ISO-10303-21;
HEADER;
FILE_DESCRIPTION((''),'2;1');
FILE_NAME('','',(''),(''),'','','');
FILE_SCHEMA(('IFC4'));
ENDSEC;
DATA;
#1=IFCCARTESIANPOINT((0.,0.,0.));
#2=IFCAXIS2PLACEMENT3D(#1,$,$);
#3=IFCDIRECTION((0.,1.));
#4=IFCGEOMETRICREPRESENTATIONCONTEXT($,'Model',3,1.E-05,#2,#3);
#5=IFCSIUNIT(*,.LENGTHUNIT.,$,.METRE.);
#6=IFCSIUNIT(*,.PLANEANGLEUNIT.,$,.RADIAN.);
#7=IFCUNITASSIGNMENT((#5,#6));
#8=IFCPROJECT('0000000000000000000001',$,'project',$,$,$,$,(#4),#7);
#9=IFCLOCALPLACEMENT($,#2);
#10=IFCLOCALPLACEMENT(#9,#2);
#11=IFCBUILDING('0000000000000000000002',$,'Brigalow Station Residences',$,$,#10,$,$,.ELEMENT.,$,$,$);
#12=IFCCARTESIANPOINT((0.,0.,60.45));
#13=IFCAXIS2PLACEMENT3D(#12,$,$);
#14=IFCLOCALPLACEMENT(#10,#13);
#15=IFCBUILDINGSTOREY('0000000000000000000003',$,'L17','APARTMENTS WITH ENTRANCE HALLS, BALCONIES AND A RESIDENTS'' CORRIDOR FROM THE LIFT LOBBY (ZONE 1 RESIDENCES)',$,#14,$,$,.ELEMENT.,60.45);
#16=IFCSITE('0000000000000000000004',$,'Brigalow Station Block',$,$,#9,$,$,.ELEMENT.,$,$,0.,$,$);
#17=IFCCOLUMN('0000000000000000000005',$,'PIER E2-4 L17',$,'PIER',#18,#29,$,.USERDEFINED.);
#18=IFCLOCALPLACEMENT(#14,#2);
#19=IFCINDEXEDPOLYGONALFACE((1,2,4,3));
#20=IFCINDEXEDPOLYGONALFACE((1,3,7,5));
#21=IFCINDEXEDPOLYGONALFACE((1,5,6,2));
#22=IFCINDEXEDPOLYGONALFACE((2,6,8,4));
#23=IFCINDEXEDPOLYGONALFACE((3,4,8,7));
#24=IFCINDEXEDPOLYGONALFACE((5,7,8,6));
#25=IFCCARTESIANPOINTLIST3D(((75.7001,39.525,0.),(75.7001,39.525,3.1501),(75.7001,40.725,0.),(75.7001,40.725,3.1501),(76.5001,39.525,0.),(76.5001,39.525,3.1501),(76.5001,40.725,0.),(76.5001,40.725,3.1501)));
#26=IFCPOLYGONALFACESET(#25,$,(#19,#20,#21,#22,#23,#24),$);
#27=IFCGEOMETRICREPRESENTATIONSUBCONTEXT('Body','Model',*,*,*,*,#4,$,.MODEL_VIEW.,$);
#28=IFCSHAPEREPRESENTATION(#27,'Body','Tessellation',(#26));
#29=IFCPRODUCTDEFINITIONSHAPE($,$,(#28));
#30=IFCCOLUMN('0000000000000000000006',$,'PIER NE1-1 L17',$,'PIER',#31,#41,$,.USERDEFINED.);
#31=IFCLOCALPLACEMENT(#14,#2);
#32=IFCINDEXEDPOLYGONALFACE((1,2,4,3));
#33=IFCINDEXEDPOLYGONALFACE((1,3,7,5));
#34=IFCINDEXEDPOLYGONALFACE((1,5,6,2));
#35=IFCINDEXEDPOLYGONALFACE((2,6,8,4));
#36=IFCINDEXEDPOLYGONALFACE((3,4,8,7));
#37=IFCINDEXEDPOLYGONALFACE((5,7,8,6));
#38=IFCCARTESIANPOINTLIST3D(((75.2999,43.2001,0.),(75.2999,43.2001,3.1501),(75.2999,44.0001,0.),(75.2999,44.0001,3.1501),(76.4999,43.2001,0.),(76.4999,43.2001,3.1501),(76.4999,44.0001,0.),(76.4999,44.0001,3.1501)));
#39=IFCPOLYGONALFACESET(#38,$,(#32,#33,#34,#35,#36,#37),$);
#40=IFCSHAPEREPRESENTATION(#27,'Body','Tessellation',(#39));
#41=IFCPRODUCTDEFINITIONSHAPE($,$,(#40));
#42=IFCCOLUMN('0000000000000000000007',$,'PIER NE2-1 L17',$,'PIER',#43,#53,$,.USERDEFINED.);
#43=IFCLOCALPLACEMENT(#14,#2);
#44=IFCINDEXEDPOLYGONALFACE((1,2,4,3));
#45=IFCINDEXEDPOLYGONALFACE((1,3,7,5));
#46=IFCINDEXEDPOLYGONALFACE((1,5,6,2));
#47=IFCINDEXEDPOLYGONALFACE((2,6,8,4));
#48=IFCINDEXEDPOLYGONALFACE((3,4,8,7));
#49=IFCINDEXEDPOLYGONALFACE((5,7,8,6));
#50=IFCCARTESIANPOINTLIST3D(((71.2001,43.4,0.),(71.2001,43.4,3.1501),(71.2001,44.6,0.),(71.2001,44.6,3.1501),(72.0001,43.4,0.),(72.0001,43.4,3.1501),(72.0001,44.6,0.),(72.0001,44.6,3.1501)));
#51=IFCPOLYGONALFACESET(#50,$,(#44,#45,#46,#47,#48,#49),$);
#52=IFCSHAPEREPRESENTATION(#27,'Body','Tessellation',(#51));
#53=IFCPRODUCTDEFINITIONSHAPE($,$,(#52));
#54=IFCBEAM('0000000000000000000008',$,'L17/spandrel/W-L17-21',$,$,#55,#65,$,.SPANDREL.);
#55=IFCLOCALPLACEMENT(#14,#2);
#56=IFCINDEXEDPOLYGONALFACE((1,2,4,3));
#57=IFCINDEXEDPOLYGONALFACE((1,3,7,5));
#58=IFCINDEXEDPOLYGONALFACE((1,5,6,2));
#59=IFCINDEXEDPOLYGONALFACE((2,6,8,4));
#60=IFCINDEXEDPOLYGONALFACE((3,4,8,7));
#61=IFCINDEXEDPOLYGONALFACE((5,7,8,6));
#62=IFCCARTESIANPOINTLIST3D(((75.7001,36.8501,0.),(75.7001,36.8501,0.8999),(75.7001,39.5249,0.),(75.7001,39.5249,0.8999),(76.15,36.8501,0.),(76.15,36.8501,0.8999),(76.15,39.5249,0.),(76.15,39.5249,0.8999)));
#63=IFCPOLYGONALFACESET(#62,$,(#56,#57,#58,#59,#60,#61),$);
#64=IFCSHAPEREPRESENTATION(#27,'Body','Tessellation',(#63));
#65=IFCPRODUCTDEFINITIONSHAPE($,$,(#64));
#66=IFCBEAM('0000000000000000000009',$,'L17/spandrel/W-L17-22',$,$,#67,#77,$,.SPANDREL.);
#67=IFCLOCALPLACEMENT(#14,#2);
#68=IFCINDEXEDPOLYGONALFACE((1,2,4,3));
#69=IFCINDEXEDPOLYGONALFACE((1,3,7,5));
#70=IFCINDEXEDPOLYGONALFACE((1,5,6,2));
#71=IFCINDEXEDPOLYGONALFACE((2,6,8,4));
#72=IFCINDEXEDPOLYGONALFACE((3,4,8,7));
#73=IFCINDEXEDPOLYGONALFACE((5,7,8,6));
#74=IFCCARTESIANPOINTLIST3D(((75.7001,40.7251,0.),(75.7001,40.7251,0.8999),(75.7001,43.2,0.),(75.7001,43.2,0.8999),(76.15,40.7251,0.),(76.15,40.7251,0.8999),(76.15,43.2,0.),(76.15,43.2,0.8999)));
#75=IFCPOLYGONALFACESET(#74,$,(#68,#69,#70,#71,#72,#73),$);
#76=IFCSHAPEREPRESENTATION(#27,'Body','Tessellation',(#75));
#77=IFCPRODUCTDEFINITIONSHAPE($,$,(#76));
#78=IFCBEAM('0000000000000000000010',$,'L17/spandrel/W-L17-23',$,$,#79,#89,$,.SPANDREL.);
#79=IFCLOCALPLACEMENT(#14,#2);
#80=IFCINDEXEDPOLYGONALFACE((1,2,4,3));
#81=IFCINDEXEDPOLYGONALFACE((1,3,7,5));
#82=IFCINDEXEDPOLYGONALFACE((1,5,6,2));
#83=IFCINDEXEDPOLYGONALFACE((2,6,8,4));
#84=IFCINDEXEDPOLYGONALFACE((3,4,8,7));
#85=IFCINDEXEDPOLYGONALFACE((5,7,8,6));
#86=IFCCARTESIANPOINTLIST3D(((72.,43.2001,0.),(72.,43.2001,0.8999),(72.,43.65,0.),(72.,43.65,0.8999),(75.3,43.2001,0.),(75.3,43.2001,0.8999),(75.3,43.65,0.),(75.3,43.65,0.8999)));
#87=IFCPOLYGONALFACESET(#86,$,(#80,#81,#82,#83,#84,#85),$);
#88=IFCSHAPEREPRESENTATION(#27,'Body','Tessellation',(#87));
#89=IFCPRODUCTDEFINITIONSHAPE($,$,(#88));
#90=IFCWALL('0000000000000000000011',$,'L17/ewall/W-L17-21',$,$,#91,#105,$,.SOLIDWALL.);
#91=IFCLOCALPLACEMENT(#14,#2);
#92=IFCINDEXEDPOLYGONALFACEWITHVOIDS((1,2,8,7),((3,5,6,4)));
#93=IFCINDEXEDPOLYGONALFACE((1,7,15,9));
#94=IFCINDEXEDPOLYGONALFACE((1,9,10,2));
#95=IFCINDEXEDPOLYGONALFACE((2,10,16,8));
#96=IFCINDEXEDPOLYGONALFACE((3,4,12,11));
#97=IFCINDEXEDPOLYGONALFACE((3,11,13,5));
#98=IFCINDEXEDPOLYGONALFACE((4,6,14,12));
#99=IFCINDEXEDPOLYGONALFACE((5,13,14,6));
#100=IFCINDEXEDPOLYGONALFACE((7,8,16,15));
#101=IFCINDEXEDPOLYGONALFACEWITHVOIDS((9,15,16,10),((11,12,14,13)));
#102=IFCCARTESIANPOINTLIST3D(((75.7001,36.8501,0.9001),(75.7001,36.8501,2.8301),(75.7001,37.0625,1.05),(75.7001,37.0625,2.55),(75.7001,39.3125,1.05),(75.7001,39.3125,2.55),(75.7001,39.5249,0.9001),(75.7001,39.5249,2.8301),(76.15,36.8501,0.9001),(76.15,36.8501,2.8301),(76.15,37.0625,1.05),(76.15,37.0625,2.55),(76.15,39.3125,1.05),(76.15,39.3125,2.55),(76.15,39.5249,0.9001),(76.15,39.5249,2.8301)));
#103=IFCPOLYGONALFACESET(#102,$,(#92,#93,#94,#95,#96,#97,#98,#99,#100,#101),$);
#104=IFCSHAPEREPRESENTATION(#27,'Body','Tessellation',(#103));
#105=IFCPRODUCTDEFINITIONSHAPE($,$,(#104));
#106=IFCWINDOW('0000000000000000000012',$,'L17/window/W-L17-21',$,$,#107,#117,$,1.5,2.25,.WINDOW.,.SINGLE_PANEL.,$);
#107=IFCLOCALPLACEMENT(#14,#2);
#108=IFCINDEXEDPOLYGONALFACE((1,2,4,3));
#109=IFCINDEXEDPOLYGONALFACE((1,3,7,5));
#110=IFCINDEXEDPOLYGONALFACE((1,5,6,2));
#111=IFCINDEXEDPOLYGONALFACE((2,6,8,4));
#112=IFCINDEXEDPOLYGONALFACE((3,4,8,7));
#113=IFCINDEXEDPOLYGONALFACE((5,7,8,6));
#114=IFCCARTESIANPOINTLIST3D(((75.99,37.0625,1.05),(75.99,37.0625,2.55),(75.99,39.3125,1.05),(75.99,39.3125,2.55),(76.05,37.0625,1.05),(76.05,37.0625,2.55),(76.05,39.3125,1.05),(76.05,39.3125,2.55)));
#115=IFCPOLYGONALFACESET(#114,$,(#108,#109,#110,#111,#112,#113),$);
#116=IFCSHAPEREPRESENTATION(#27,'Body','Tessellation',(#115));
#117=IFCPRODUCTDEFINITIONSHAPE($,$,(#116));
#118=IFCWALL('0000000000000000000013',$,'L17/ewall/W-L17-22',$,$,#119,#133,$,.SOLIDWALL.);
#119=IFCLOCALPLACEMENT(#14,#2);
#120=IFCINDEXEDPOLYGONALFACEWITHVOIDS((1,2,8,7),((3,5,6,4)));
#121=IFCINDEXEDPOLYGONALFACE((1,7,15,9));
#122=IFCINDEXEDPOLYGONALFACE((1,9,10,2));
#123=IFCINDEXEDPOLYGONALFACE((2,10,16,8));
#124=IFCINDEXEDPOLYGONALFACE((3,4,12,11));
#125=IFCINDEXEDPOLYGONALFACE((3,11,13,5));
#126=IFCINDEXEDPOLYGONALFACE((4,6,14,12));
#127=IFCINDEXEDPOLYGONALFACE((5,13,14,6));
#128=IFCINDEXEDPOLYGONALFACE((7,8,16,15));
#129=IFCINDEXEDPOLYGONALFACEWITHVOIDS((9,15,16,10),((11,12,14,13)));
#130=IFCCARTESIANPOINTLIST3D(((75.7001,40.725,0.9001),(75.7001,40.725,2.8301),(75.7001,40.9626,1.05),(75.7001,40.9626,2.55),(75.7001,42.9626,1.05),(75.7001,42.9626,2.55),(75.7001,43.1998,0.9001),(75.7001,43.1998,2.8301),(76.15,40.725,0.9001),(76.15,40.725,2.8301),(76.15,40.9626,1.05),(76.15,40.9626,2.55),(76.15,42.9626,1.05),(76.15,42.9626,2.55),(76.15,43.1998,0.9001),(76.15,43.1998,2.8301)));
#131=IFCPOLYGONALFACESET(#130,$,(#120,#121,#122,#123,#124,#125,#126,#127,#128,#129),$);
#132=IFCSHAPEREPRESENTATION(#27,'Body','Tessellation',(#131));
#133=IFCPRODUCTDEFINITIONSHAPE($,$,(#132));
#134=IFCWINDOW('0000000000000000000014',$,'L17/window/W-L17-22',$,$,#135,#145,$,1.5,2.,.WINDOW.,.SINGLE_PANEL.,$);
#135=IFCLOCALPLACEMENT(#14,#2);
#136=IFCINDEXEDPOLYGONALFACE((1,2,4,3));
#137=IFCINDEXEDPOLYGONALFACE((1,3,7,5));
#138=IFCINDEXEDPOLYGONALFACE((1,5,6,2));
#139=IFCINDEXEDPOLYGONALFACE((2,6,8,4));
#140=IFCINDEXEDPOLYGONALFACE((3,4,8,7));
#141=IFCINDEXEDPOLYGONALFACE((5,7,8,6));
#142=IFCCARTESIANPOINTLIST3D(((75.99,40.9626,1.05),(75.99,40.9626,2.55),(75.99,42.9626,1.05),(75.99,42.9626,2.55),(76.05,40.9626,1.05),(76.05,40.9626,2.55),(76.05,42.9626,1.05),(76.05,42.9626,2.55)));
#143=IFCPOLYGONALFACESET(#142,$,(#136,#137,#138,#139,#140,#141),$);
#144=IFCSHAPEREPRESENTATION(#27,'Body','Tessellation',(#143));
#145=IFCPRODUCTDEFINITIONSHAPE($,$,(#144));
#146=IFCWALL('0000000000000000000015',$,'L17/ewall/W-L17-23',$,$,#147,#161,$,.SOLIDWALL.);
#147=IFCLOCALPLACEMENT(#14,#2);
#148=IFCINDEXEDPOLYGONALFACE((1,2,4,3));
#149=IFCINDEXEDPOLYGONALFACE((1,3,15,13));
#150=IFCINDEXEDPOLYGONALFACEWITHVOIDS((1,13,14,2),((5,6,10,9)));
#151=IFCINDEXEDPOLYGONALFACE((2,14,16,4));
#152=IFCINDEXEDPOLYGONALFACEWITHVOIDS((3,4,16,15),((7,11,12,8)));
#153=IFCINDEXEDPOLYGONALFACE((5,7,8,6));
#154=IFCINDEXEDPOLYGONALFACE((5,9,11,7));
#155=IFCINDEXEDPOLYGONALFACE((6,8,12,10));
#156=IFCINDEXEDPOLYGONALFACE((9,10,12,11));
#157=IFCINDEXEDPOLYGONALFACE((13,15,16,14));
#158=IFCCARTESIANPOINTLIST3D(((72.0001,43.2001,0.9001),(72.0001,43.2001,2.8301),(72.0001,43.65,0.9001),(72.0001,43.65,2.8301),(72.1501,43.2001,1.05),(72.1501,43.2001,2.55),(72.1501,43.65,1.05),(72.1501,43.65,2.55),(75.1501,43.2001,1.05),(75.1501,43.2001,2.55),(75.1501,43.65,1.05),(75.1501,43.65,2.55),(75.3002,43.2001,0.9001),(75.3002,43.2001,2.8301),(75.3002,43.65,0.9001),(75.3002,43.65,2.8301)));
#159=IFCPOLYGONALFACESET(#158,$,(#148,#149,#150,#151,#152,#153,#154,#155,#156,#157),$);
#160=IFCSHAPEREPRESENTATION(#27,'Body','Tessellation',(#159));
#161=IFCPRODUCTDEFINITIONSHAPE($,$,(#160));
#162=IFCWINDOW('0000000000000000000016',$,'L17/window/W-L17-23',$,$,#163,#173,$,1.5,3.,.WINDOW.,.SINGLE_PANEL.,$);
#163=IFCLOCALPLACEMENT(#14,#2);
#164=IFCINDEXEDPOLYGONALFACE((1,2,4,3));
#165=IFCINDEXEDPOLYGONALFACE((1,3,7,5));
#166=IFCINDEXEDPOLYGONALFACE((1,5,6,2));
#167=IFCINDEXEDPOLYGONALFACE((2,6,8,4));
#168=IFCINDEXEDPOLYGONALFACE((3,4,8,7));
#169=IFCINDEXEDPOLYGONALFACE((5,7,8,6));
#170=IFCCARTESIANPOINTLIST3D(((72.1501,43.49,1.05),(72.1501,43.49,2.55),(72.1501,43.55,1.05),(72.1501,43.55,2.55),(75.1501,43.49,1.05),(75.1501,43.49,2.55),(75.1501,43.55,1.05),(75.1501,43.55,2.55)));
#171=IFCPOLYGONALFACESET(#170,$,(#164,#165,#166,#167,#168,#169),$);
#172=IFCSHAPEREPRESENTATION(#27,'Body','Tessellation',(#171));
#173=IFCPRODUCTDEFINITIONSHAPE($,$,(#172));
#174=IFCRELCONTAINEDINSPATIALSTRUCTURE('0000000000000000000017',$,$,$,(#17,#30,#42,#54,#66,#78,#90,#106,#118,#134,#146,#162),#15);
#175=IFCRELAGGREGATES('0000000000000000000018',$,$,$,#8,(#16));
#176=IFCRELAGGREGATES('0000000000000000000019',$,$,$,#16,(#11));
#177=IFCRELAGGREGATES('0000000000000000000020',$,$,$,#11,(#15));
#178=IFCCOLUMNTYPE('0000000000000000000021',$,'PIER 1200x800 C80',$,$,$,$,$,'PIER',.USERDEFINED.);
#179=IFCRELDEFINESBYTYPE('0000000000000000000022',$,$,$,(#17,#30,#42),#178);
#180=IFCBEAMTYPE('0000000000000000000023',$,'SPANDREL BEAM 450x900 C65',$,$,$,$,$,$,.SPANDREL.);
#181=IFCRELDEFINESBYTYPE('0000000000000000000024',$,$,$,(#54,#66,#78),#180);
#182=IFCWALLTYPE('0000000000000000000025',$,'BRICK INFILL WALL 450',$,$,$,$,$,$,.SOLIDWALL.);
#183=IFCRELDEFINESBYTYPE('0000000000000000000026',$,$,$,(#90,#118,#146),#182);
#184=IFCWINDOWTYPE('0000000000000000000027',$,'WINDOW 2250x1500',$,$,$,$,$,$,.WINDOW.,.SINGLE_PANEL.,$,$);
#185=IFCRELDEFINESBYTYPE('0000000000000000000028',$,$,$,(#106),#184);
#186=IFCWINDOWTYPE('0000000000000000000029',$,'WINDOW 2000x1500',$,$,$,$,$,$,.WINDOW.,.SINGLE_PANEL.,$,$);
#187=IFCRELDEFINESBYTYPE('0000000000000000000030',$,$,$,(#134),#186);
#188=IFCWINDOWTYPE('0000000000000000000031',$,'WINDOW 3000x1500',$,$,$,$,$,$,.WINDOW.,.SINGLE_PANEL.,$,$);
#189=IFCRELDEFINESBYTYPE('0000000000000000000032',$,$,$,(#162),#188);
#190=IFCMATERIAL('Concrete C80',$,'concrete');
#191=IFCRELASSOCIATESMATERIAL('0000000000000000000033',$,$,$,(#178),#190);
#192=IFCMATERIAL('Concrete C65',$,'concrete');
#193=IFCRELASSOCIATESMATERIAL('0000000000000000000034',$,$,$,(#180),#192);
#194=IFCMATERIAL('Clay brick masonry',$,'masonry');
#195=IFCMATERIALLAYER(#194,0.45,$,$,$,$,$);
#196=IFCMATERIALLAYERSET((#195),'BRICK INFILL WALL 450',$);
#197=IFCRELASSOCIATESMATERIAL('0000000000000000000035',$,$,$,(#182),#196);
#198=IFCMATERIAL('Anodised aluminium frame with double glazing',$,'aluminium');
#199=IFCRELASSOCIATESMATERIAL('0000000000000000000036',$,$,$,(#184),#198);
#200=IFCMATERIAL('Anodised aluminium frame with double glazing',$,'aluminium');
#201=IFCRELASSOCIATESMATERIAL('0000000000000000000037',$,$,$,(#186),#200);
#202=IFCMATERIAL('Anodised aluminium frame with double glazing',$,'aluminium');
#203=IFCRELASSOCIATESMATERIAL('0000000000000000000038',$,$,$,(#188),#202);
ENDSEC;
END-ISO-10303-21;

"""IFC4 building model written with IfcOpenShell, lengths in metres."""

from ifc_helpers import new_model, si_unit, direction, frame, frame_2d, origin, origin_2d, place, context, subcontext, project, spatial, rectangle, extrude, material, layer, layer_set, material_profile, profile_set, type_object, element, fill, save


model = new_model("IFC4")

# Units and contexts
model_context = context("Model", 3, precision=1e-05, world=origin(), true_north=direction((0.0, 1.0)))
body_context = subcontext(model_context, "Body", "Model", "MODEL_VIEW")
ifc_project = project(units=[si_unit("LENGTHUNIT", "METRE"), si_unit("PLANEANGLEUNIT", "RADIAN")], contexts=[model_context])

# Site, building, storey
site_placement = place(None, origin())
site = spatial("IfcSite", under=ifc_project, at=site_placement, Name="Brigalow Station Block", CompositionType="ELEMENT", RefElevation=0.0)
building_placement = place(site_placement, origin())
building = spatial("IfcBuilding", under=site, at=building_placement, Name="Brigalow Station Residences", CompositionType="ELEMENT")
storey_placement = place(building_placement, frame((0.0, 0.0, 60.45)))
storey = spatial("IfcBuildingStorey", under=building, at=storey_placement, Name="L17", Description="APARTMENTS WITH ENTRANCE HALLS, BALCONIES AND A RESIDENTS' CORRIDOR FROM THE LIFT LOBBY (ZONE 1 RESIDENCES)", CompositionType="ELEMENT", Elevation=60.45)

# Columns
ifc_material_1 = material(Name="Concrete C80", Category="concrete")
ifc_material_profile_1 = material_profile(ifc_material_1, rectangle(XDim=1.2, YDim=0.8, at=origin_2d()), Name="RC1200x800")
ifc_profile_set_1 = profile_set([ifc_material_profile_1], Name="Concrete C80")
column_type = type_object("IfcColumnType", Name="PIER 1200x800 C80", ElementType="PIER", PredefinedType="USERDEFINED", material=ifc_profile_set_1)
for number, where, z_axis, x_axis, name in (
    (1, (76.1001, 40.125, 0.0), (0.0, 0.0, 1.0), (0.0, 1.0, 0.0), "PIER E2-4 L17"),
    (2, (75.8999, 43.6001, 0.0), (0.0, 0.0, 1.0), (-1.0, 0.0, 0.0), "PIER NE1-1 L17"),
    (3, (71.6001, 44.0, 0.0), (0.0, 0.0, 1.0), (0.0, 1.0, 0.0), "PIER NE2-1 L17"),
):
    element("IfcColumn", number, at=place(storey_placement, frame(where, z_axis=z_axis, x_axis=x_axis)), inside=storey, type_object=column_type, Name=name, ObjectType="PIER", PredefinedType="USERDEFINED", context=body_context, shape_type="SweptSolid", body=[
        extrude(rectangle(XDim=1.2, YDim=0.8, at=origin_2d()), origin(), (0.0, 0.0, 1.0), 3.1501),
    ])

# Beams
ifc_material_2 = material(Name="Concrete C65", Category="concrete")
ifc_material_profile_2 = material_profile(ifc_material_2, rectangle(XDim=0.45, YDim=0.8999, at=origin_2d()), Name="RC450x900")
ifc_profile_set_2 = profile_set([ifc_material_profile_2], Name="Concrete C65")
beam_type = type_object("IfcBeamType", Name="SPANDREL BEAM 450x900 C65", PredefinedType="SPANDREL", material=ifc_profile_set_2)
beam_1_placement = place(storey_placement, frame((75.925, 36.8501, 0.45), z_axis=(0.0, 1.0, 0.0), x_axis=(-1.0, 0.0, 0.0)))
element("IfcBeam", 4, at=beam_1_placement, inside=storey, type_object=beam_type, Name="L17/spandrel/W-L17-21", PredefinedType="SPANDREL", context=body_context, shape_type="SweptSolid", body=[
    extrude(rectangle(XDim=0.45, YDim=0.8999, at=origin_2d()), origin(), (0.0, 0.0, 1.0), 2.6748),
])
beam_2_placement = place(storey_placement, frame((75.925, 40.7251, 0.45), z_axis=(0.0, 1.0, 0.0), x_axis=(-1.0, 0.0, 0.0)))
element("IfcBeam", 5, at=beam_2_placement, inside=storey, type_object=beam_type, Name="L17/spandrel/W-L17-22", PredefinedType="SPANDREL", context=body_context, shape_type="SweptSolid", body=[
    extrude(rectangle(XDim=0.45, YDim=0.8999, at=origin_2d()), origin(), (0.0, 0.0, 1.0), 2.4749),
])
beam_3_placement = place(storey_placement, frame((75.3, 43.425, 0.45), z_axis=(-1.0, 0.0, 0.0), x_axis=(0.0, -1.0, 0.0)))
element("IfcBeam", 6, at=beam_3_placement, inside=storey, type_object=beam_type, Name="L17/spandrel/W-L17-23", PredefinedType="SPANDREL", context=body_context, shape_type="SweptSolid", body=[
    extrude(rectangle(XDim=0.45, YDim=0.8999, at=origin_2d()), origin(), (0.0, 0.0, 1.0), 3.3),
])

# Walls, openings, windows
ifc_material_3 = material(Name="Clay brick masonry", Category="masonry")
ifc_layer_1 = layer(ifc_material_3, 0.45)
ifc_layer_set_1 = layer_set([ifc_layer_1], Name="BRICK INFILL WALL 450")
wall_type_1 = type_object("IfcWallType", Name="BRICK INFILL WALL 450", PredefinedType="SOLIDWALL", material=ifc_layer_set_1)
wall_1_placement = place(storey_placement, frame((75.925, 36.8501, 0.9001), z_axis=(0.0, 0.0, 1.0), x_axis=(0.0, 1.0, 0.0)))
wall_1 = element("IfcWall", 7, at=wall_1_placement, inside=storey, type_object=wall_type_1, Name="L17/ewall/W-L17-21", PredefinedType="SOLIDWALL", context=body_context, shape_type="SweptSolid", body=[
    extrude(rectangle(XDim=2.6748, YDim=0.45, at=frame_2d((1.3374, 0.0))), origin(), (0.0, 0.0, 1.0), 1.9299),
])
opening_1_placement = place(wall_1_placement, frame((0.2124, 0.0, 0.1499)))
opening_1 = element("IfcOpeningElement", 8, at=opening_1_placement, cuts=wall_1, PredefinedType="OPENING", context=body_context, shape_type="SweptSolid", body=[
    extrude(rectangle(XDim=2.25, YDim=1.5, at=frame_2d((1.125, 0.75))), frame((0.0, 0.2349, 0.0), z_axis=(0.0, -1.0, 0.0), x_axis=(1.0, 0.0, 0.0)), (0.0, 0.0, 1.0), 0.47),
])
ifc_material_4 = material(Name="Anodised aluminium frame with double glazing", Category="aluminium")
window_type_1 = type_object("IfcWindowType", Name="WINDOW 2250x1500", PartitioningType="SINGLE_PANEL", PredefinedType="WINDOW", material=ifc_material_4)
window_1_placement = place(opening_1_placement, origin())
window_1 = element("IfcWindow", 9, at=window_1_placement, inside=storey, type_object=window_type_1, Name="L17/window/W-L17-21", OverallHeight=1.5, OverallWidth=2.25, PartitioningType="SINGLE_PANEL", PredefinedType="WINDOW", context=body_context, shape_type="SweptSolid", body=[
    extrude(rectangle(XDim=2.25, YDim=1.5, at=frame_2d((1.125, 0.75))), frame((0.0, -0.0649, 0.0), z_axis=(0.0, -1.0, 0.0), x_axis=(1.0, 0.0, 0.0)), (0.0, 0.0, 1.0), 0.0601),
])
fill(opening_1, window_1)
wall_2_placement = place(storey_placement, frame((75.925, 40.7251, 0.9001), z_axis=(0.0, 0.0, 1.0), x_axis=(0.0, 1.0, 0.0)))
wall_2 = element("IfcWall", 10, at=wall_2_placement, inside=storey, type_object=wall_type_1, Name="L17/ewall/W-L17-22", PredefinedType="SOLIDWALL", context=body_context, shape_type="SweptSolid", body=[
    extrude(rectangle(XDim=2.4749, YDim=0.45, at=frame_2d((1.2373, 0.0))), origin(), (0.0, 0.0, 1.0), 1.9299),
])
opening_2_placement = place(wall_2_placement, frame((0.2375, 0.0, 0.1499)))
opening_2 = element("IfcOpeningElement", 11, at=opening_2_placement, cuts=wall_2, PredefinedType="OPENING", context=body_context, shape_type="SweptSolid", body=[
    extrude(rectangle(XDim=2.0, YDim=1.5, at=frame_2d((1.0, 0.75))), frame((0.0, 0.2349, 0.0), z_axis=(0.0, -1.0, 0.0), x_axis=(1.0, 0.0, 0.0)), (0.0, 0.0, 1.0), 0.47),
])
ifc_material_5 = material(Name="Anodised aluminium frame with double glazing", Category="aluminium")
window_type_2 = type_object("IfcWindowType", Name="WINDOW 2000x1500", PartitioningType="SINGLE_PANEL", PredefinedType="WINDOW", material=ifc_material_5)
window_2_placement = place(opening_2_placement, origin())
window_2 = element("IfcWindow", 12, at=window_2_placement, inside=storey, type_object=window_type_2, Name="L17/window/W-L17-22", OverallHeight=1.5, OverallWidth=2.0, PartitioningType="SINGLE_PANEL", PredefinedType="WINDOW", context=body_context, shape_type="SweptSolid", body=[
    extrude(rectangle(XDim=2.0, YDim=1.5, at=frame_2d((1.0, 0.75))), frame((0.0, -0.0649, 0.0), z_axis=(0.0, -1.0, 0.0), x_axis=(1.0, 0.0, 0.0)), (0.0, 0.0, 1.0), 0.0601),
])
fill(opening_2, window_2)
wall_3_placement = place(storey_placement, frame((75.3, 43.425, 0.9001), z_axis=(0.0, 0.0, 1.0), x_axis=(-1.0, 0.0, 0.0)))
wall_3 = element("IfcWall", 13, at=wall_3_placement, inside=storey, type_object=wall_type_1, Name="L17/ewall/W-L17-23", PredefinedType="SOLIDWALL", context=body_context, shape_type="SweptSolid", body=[
    extrude(rectangle(XDim=3.3, YDim=0.45, at=frame_2d((1.6499, 0.0))), origin(), (0.0, 0.0, 1.0), 1.9299),
])
opening_3_placement = place(wall_3_placement, frame((0.1499, 0.0, 0.1499)))
opening_3 = element("IfcOpeningElement", 14, at=opening_3_placement, cuts=wall_3, PredefinedType="OPENING", context=body_context, shape_type="SweptSolid", body=[
    extrude(rectangle(XDim=3.0, YDim=1.5, at=frame_2d((1.5, 0.75))), frame((0.0, 0.2349, 0.0), z_axis=(0.0, -1.0, 0.0), x_axis=(1.0, 0.0, 0.0)), (0.0, 0.0, 1.0), 0.47),
])
ifc_material_6 = material(Name="Anodised aluminium frame with double glazing", Category="aluminium")
window_type_3 = type_object("IfcWindowType", Name="WINDOW 3000x1500", PartitioningType="SINGLE_PANEL", PredefinedType="WINDOW", material=ifc_material_6)
window_3_placement = place(opening_3_placement, origin())
window_3 = element("IfcWindow", 15, at=window_3_placement, inside=storey, type_object=window_type_3, Name="L17/window/W-L17-23", OverallHeight=1.5, OverallWidth=3.0, PartitioningType="SINGLE_PANEL", PredefinedType="WINDOW", context=body_context, shape_type="SweptSolid", body=[
    extrude(rectangle(XDim=3.0, YDim=1.5, at=frame_2d((1.5, 0.75))), frame((0.0, -0.0649, 0.0), z_axis=(0.0, -1.0, 0.0), x_axis=(1.0, 0.0, 0.0)), (0.0, 0.0, 1.0), 0.0601),
])
fill(opening_3, window_3)

save(model, "model.ifc")
